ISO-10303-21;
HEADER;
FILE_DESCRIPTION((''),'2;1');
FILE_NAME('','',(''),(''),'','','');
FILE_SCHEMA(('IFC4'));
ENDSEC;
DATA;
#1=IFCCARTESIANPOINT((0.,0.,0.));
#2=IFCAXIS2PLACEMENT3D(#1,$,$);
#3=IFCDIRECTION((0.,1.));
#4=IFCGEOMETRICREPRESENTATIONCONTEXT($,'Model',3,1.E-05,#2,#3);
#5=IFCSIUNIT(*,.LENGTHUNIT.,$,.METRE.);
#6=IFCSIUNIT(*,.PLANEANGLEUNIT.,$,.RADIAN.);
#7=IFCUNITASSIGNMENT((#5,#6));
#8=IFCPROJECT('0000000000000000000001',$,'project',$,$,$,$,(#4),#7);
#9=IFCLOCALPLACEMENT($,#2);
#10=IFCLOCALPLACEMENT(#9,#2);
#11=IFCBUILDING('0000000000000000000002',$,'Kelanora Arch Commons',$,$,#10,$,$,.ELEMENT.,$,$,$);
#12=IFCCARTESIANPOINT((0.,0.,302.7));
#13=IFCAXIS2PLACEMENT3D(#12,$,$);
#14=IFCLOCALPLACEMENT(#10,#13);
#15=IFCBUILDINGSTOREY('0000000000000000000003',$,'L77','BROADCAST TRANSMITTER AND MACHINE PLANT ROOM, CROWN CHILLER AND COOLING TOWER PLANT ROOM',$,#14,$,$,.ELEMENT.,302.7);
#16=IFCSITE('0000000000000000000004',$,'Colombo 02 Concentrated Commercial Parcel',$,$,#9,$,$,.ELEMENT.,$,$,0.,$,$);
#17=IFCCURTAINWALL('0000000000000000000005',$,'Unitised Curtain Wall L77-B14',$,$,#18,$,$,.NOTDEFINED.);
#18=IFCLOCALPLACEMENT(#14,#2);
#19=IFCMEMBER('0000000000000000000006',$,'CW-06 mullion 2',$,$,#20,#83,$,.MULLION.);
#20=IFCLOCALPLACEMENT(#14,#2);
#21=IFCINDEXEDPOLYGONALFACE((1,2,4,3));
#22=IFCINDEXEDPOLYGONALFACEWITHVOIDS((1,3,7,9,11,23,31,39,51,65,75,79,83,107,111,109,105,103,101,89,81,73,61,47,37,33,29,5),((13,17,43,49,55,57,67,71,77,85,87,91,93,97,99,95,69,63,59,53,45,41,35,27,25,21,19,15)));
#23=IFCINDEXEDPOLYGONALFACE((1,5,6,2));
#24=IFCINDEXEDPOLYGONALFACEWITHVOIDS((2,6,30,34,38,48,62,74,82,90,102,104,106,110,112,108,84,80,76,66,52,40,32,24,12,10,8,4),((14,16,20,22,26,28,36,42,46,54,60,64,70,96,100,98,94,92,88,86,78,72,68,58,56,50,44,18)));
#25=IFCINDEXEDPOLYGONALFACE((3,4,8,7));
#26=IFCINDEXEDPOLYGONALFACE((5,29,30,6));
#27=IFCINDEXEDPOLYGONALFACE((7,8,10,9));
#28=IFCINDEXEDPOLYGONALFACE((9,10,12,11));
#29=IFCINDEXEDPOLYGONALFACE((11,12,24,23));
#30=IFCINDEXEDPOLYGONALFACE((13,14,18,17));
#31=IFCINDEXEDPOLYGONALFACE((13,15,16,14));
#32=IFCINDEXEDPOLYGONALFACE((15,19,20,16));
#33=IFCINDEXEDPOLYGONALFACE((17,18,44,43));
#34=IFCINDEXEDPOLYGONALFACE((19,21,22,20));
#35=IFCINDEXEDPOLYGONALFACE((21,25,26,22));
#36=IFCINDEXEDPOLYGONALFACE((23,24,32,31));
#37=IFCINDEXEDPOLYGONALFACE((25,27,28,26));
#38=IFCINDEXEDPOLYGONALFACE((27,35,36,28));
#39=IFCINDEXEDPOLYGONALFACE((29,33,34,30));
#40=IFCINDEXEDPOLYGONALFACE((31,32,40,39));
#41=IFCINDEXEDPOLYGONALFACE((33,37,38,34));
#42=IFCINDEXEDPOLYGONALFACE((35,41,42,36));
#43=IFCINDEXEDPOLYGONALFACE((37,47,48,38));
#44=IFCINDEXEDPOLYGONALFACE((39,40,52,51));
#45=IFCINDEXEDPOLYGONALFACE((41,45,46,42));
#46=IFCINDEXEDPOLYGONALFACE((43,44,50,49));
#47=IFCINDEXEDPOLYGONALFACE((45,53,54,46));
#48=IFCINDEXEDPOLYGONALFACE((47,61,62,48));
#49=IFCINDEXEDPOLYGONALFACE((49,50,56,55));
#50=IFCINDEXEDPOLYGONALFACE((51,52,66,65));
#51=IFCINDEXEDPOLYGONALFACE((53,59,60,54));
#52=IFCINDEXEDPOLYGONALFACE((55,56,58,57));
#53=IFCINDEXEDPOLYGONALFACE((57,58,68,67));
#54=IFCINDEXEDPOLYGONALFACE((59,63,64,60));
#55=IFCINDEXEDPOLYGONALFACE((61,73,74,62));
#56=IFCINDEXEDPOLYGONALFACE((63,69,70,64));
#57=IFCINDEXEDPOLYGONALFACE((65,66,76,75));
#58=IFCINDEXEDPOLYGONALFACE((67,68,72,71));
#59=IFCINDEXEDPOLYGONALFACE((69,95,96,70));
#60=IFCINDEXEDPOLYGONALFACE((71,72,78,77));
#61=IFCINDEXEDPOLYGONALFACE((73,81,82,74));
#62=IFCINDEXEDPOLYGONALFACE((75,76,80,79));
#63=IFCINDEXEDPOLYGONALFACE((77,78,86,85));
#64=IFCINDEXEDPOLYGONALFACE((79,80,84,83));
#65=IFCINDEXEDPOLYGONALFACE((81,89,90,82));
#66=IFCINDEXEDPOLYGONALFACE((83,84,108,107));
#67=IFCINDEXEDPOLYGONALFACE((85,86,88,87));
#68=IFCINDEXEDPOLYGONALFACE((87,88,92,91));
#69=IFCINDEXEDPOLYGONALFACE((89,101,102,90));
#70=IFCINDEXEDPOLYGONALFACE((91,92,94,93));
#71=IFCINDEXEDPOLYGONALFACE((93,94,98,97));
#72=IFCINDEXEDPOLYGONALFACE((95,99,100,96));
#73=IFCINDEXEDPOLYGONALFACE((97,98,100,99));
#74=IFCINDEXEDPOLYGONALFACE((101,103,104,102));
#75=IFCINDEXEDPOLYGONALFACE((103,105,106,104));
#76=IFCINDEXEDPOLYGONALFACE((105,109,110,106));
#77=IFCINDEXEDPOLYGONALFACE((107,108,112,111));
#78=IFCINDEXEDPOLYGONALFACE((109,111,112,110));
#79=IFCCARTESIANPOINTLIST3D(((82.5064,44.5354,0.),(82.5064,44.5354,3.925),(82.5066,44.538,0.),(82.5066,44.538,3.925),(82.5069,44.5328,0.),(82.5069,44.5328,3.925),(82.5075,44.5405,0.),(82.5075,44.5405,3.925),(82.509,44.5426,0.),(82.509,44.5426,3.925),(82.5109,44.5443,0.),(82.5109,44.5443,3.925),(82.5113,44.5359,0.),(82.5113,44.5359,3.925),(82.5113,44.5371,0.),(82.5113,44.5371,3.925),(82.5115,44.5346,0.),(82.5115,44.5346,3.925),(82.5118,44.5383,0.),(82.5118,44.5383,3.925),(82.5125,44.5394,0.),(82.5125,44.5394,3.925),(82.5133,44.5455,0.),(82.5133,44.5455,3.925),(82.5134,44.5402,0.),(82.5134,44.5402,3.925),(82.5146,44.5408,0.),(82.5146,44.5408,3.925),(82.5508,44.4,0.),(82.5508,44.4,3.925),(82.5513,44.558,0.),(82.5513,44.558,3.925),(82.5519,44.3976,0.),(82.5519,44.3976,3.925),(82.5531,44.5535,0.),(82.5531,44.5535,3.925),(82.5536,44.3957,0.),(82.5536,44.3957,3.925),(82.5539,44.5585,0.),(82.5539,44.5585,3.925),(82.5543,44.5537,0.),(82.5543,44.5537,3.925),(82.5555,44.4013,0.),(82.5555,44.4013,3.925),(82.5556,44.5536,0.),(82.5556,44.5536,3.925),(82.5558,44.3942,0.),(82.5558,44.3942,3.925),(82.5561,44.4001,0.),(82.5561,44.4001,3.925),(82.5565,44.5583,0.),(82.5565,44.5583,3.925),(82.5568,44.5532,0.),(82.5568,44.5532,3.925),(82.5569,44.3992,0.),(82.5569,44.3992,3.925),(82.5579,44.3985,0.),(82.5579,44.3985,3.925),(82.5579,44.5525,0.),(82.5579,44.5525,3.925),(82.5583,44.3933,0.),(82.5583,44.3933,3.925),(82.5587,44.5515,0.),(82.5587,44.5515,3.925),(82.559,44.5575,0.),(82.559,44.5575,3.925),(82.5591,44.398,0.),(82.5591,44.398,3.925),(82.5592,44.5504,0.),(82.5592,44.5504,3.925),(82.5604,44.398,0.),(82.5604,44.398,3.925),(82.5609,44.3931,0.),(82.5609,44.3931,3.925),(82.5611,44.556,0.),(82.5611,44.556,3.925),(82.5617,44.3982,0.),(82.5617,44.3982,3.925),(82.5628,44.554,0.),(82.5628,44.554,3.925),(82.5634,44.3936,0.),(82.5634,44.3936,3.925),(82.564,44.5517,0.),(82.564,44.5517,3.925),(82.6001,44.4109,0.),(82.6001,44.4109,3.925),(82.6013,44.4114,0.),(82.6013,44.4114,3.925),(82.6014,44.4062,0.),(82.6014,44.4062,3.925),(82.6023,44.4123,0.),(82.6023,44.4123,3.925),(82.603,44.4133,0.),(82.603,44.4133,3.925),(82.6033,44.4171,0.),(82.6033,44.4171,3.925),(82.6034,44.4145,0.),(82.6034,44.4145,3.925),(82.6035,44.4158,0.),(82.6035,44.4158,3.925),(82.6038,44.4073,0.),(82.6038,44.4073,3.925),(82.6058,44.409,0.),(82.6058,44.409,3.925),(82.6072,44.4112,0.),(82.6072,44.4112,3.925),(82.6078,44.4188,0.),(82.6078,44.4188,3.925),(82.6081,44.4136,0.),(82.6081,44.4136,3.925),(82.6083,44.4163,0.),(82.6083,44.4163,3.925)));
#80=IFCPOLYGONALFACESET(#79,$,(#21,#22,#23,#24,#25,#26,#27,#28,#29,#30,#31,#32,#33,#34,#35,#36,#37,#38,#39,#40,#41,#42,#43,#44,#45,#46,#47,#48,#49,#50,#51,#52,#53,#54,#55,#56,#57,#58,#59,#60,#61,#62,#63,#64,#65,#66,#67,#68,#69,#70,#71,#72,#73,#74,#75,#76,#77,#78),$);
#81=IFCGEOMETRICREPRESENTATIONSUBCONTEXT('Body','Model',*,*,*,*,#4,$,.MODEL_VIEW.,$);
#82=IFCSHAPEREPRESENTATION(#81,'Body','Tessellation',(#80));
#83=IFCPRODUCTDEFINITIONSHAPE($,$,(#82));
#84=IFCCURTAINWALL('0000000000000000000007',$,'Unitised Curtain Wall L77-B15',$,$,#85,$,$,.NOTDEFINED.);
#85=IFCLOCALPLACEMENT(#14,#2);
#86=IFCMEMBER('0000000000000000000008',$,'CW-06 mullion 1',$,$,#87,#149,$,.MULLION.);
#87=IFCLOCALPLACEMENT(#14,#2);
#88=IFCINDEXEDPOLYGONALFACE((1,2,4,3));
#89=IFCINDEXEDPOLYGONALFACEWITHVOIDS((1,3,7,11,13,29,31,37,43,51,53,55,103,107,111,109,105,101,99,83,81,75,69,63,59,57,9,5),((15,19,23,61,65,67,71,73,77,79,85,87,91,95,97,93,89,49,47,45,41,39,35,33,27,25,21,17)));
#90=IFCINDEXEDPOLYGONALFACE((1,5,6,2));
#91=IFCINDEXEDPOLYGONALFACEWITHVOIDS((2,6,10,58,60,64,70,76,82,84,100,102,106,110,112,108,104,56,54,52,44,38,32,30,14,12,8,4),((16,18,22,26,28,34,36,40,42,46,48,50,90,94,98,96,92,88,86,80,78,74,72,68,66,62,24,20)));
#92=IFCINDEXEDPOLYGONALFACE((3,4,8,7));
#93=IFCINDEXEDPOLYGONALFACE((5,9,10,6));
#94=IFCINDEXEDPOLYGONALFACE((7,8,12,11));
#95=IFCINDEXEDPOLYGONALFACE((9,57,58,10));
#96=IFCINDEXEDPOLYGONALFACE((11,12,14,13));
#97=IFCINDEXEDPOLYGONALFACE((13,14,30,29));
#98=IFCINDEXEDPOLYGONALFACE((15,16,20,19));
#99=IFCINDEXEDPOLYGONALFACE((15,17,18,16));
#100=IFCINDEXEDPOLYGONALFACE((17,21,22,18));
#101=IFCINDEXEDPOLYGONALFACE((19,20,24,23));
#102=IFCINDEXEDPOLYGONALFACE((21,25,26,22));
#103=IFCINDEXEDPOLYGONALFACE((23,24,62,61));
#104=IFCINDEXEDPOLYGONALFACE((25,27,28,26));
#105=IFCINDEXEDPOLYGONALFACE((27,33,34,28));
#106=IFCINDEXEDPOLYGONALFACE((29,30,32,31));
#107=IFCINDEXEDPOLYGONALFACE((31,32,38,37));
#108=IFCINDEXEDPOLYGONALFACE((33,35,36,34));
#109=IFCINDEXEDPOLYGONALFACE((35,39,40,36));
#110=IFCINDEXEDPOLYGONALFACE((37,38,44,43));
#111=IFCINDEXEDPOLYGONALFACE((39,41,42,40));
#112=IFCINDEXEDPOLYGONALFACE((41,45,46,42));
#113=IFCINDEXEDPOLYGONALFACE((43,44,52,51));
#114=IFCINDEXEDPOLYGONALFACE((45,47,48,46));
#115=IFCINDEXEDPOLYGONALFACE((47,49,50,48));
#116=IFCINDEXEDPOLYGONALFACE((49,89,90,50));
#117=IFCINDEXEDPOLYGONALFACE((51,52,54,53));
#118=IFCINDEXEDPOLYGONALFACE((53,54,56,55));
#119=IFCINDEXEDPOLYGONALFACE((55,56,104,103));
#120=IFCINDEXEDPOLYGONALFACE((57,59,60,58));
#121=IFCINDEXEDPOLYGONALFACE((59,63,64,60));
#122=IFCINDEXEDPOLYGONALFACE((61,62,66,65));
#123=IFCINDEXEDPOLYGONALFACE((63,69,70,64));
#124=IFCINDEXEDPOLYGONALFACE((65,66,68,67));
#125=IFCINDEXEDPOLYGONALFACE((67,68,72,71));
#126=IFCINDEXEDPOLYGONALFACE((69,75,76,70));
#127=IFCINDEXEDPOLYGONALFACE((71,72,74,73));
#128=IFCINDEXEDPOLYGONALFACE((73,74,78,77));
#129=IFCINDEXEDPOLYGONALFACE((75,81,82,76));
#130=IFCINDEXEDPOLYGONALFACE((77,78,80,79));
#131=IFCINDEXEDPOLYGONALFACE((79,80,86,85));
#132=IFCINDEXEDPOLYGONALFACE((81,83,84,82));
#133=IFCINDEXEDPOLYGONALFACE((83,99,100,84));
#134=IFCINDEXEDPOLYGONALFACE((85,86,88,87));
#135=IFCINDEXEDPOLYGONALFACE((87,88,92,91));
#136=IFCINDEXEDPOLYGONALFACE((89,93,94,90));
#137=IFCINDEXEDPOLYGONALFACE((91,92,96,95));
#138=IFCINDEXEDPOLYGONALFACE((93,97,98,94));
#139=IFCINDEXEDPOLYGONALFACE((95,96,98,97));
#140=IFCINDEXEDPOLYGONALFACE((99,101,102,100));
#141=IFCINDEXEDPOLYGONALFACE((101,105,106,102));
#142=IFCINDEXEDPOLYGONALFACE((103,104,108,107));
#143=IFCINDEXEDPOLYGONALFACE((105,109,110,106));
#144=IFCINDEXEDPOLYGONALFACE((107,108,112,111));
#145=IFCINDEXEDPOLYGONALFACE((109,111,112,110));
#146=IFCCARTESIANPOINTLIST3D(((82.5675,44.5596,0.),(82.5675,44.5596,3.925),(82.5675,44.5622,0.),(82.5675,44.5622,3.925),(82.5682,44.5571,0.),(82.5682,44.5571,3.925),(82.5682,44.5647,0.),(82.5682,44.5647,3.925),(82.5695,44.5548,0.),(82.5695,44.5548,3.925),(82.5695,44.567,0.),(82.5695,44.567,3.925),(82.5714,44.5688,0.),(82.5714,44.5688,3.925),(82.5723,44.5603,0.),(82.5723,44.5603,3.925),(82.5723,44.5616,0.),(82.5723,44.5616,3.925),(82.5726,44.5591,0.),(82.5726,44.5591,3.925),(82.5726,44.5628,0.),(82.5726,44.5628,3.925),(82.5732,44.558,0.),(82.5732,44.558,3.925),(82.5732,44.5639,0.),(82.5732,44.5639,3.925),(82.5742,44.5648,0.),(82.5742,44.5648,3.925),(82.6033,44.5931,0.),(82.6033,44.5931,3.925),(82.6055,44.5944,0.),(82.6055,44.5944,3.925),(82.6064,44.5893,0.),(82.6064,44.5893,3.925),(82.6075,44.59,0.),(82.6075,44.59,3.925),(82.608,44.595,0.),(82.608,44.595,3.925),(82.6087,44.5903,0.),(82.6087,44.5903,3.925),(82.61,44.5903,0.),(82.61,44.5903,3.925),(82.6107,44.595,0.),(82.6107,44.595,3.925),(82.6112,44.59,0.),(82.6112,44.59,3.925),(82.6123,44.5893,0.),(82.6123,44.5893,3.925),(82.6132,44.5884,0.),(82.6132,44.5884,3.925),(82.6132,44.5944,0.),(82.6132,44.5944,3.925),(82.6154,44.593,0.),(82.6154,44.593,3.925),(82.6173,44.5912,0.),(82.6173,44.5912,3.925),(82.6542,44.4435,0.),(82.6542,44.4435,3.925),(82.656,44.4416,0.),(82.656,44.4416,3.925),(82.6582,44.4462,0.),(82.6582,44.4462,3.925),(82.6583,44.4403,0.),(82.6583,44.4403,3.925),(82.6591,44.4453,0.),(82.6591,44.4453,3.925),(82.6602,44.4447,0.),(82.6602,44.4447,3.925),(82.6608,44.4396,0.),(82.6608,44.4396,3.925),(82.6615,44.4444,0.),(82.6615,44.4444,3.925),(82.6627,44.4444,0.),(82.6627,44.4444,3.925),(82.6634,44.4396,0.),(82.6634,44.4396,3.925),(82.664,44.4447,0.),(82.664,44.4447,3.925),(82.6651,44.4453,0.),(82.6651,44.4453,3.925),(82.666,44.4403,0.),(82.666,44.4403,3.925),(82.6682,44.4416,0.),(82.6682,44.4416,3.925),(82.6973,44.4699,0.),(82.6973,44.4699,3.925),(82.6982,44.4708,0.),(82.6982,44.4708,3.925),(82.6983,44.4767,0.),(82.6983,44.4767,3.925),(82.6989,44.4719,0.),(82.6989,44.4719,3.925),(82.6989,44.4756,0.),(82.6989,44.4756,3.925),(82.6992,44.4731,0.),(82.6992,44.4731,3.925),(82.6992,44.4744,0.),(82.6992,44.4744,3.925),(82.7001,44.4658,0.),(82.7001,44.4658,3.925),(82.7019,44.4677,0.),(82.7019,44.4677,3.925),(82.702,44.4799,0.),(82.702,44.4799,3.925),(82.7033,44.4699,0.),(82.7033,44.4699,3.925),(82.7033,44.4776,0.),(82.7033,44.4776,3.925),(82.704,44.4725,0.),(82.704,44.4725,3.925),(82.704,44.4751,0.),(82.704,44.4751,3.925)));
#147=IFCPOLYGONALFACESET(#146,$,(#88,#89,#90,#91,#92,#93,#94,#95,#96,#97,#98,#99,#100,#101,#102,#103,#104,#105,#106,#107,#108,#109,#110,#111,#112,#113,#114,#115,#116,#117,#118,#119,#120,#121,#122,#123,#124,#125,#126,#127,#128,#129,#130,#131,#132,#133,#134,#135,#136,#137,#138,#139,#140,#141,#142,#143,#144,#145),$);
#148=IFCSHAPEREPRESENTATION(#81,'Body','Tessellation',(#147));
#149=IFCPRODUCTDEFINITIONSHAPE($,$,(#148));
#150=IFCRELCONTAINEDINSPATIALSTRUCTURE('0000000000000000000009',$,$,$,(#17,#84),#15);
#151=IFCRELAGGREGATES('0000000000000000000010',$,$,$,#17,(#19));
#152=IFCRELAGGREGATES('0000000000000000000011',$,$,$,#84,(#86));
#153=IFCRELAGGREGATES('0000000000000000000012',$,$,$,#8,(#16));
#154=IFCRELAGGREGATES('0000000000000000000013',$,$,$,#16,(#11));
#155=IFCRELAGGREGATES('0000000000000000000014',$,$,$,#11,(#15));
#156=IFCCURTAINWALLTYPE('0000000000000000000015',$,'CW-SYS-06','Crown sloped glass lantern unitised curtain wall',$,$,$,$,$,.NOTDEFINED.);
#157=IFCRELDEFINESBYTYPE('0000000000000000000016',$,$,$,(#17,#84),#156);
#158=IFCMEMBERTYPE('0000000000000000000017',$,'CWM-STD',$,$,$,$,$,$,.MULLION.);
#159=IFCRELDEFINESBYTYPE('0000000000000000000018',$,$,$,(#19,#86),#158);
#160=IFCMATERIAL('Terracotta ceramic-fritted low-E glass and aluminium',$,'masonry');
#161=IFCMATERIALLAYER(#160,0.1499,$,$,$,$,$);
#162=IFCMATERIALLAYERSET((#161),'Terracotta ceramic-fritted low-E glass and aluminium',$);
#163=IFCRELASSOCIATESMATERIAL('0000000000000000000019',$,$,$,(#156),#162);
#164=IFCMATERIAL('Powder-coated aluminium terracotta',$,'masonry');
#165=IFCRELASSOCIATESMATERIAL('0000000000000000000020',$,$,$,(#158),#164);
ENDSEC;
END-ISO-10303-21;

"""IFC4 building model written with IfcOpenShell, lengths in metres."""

from ifc_helpers import new_model, si_unit, direction, frame, origin, origin_2d, place, context, subcontext, project, spatial, hollow_rectangle, extrude, material, layer, layer_set, material_profile, profile_set, type_object, element, aggregate, save


model = new_model("IFC4")

# Units and contexts
model_context = context("Model", 3, precision=1e-05, world=origin(), true_north=direction((0.0, 1.0)))
body_context = subcontext(model_context, "Body", "Model", "MODEL_VIEW")
ifc_project = project(units=[si_unit("LENGTHUNIT", "METRE"), si_unit("PLANEANGLEUNIT", "RADIAN")], contexts=[model_context])

# Site, building, storey
site_placement = place(None, origin())
site = spatial("IfcSite", under=ifc_project, at=site_placement, Name="Colombo 02 Concentrated Commercial Parcel", CompositionType="ELEMENT", RefElevation=0.0)
building_placement = place(site_placement, origin())
building = spatial("IfcBuilding", under=site, at=building_placement, Name="Kelanora Arch Commons", CompositionType="ELEMENT")
storey_placement = place(building_placement, frame((0.0, 0.0, 302.7)))
storey = spatial("IfcBuildingStorey", under=building, at=storey_placement, Name="L77", Description="BROADCAST TRANSMITTER AND MACHINE PLANT ROOM, CROWN CHILLER AND COOLING TOWER PLANT ROOM", CompositionType="ELEMENT", Elevation=302.7)

# Curtain wall, member
ifc_material_1 = material(Name="Terracotta ceramic-fritted low-E glass and aluminium", Category="masonry")
ifc_layer_1 = layer(ifc_material_1, 0.1499)
ifc_layer_set_1 = layer_set([ifc_layer_1], Name="Terracotta ceramic-fritted low-E glass and aluminium")
curtain_wall_type = type_object("IfcCurtainWallType", Name="CW-SYS-06", Description="Crown sloped glass lantern unitised curtain wall", PredefinedType="NOTDEFINED", material=ifc_layer_set_1)
curtain_wall_1_placement = place(storey_placement, origin())
curtain_wall_1 = element("IfcCurtainWall", 1, at=curtain_wall_1_placement, inside=storey, type_object=curtain_wall_type, Name="Unitised Curtain Wall L77-B14", PredefinedType="NOTDEFINED")
ifc_material_2 = material(Name="Powder-coated aluminium terracotta", Category="masonry")
ifc_material_profile_1 = material_profile(ifc_material_2, hollow_rectangle(XDim=0.1599, YDim=0.0601, WallThickness=0.0049, InnerFilletRadius=0.0049, OuterFilletRadius=0.01, at=origin_2d()), Name="CWM160x60")
ifc_profile_set_1 = profile_set([ifc_material_profile_1], Name="Powder-coated aluminium terracotta")
member_type_1 = type_object("IfcMemberType", Name="CWM-STD", PredefinedType="MULLION", material=ifc_profile_set_1)
member_1_placement = place(storey_placement, frame((82.5574, 44.4758, 0.0), z_axis=(0.0, 0.0, 1.0), x_axis=(-0.313467, 0.949599, 0.0)))
member_1 = element("IfcMember", 2, at=member_1_placement, type_object=member_type_1, Name="CW-06 mullion 2", PredefinedType="MULLION", context=body_context, shape_type="SweptSolid", body=[
    extrude(hollow_rectangle(XDim=0.1599, YDim=0.0601, WallThickness=0.0049, InnerFilletRadius=0.0049, OuterFilletRadius=0.01, at=origin_2d()), origin(), (0.0, 0.0, 1.0), 3.925),
])
aggregate(curtain_wall_1, [member_1])

# Curtain wall, member
curtain_wall_2_placement = place(storey_placement, origin())
curtain_wall_2 = element("IfcCurtainWall", 3, at=curtain_wall_2_placement, inside=storey, type_object=curtain_wall_type, Name="Unitised Curtain Wall L77-B15", PredefinedType="NOTDEFINED")
member_2_placement = place(storey_placement, frame((82.6357, 44.5173, 0.0), z_axis=(0.0, 0.0, 1.0), x_axis=(-0.605596, 0.795772, 0.0)))
member_2 = element("IfcMember", 4, at=member_2_placement, type_object=member_type_1, Name="CW-06 mullion 1", PredefinedType="MULLION", context=body_context, shape_type="SweptSolid", body=[
    extrude(hollow_rectangle(XDim=0.1599, YDim=0.0601, WallThickness=0.0049, InnerFilletRadius=0.0049, OuterFilletRadius=0.01, at=origin_2d()), origin(), (0.0, 0.0, 1.0), 3.925),
])

aggregate(curtain_wall_2, [member_2])

save(model, "model.ifc")
